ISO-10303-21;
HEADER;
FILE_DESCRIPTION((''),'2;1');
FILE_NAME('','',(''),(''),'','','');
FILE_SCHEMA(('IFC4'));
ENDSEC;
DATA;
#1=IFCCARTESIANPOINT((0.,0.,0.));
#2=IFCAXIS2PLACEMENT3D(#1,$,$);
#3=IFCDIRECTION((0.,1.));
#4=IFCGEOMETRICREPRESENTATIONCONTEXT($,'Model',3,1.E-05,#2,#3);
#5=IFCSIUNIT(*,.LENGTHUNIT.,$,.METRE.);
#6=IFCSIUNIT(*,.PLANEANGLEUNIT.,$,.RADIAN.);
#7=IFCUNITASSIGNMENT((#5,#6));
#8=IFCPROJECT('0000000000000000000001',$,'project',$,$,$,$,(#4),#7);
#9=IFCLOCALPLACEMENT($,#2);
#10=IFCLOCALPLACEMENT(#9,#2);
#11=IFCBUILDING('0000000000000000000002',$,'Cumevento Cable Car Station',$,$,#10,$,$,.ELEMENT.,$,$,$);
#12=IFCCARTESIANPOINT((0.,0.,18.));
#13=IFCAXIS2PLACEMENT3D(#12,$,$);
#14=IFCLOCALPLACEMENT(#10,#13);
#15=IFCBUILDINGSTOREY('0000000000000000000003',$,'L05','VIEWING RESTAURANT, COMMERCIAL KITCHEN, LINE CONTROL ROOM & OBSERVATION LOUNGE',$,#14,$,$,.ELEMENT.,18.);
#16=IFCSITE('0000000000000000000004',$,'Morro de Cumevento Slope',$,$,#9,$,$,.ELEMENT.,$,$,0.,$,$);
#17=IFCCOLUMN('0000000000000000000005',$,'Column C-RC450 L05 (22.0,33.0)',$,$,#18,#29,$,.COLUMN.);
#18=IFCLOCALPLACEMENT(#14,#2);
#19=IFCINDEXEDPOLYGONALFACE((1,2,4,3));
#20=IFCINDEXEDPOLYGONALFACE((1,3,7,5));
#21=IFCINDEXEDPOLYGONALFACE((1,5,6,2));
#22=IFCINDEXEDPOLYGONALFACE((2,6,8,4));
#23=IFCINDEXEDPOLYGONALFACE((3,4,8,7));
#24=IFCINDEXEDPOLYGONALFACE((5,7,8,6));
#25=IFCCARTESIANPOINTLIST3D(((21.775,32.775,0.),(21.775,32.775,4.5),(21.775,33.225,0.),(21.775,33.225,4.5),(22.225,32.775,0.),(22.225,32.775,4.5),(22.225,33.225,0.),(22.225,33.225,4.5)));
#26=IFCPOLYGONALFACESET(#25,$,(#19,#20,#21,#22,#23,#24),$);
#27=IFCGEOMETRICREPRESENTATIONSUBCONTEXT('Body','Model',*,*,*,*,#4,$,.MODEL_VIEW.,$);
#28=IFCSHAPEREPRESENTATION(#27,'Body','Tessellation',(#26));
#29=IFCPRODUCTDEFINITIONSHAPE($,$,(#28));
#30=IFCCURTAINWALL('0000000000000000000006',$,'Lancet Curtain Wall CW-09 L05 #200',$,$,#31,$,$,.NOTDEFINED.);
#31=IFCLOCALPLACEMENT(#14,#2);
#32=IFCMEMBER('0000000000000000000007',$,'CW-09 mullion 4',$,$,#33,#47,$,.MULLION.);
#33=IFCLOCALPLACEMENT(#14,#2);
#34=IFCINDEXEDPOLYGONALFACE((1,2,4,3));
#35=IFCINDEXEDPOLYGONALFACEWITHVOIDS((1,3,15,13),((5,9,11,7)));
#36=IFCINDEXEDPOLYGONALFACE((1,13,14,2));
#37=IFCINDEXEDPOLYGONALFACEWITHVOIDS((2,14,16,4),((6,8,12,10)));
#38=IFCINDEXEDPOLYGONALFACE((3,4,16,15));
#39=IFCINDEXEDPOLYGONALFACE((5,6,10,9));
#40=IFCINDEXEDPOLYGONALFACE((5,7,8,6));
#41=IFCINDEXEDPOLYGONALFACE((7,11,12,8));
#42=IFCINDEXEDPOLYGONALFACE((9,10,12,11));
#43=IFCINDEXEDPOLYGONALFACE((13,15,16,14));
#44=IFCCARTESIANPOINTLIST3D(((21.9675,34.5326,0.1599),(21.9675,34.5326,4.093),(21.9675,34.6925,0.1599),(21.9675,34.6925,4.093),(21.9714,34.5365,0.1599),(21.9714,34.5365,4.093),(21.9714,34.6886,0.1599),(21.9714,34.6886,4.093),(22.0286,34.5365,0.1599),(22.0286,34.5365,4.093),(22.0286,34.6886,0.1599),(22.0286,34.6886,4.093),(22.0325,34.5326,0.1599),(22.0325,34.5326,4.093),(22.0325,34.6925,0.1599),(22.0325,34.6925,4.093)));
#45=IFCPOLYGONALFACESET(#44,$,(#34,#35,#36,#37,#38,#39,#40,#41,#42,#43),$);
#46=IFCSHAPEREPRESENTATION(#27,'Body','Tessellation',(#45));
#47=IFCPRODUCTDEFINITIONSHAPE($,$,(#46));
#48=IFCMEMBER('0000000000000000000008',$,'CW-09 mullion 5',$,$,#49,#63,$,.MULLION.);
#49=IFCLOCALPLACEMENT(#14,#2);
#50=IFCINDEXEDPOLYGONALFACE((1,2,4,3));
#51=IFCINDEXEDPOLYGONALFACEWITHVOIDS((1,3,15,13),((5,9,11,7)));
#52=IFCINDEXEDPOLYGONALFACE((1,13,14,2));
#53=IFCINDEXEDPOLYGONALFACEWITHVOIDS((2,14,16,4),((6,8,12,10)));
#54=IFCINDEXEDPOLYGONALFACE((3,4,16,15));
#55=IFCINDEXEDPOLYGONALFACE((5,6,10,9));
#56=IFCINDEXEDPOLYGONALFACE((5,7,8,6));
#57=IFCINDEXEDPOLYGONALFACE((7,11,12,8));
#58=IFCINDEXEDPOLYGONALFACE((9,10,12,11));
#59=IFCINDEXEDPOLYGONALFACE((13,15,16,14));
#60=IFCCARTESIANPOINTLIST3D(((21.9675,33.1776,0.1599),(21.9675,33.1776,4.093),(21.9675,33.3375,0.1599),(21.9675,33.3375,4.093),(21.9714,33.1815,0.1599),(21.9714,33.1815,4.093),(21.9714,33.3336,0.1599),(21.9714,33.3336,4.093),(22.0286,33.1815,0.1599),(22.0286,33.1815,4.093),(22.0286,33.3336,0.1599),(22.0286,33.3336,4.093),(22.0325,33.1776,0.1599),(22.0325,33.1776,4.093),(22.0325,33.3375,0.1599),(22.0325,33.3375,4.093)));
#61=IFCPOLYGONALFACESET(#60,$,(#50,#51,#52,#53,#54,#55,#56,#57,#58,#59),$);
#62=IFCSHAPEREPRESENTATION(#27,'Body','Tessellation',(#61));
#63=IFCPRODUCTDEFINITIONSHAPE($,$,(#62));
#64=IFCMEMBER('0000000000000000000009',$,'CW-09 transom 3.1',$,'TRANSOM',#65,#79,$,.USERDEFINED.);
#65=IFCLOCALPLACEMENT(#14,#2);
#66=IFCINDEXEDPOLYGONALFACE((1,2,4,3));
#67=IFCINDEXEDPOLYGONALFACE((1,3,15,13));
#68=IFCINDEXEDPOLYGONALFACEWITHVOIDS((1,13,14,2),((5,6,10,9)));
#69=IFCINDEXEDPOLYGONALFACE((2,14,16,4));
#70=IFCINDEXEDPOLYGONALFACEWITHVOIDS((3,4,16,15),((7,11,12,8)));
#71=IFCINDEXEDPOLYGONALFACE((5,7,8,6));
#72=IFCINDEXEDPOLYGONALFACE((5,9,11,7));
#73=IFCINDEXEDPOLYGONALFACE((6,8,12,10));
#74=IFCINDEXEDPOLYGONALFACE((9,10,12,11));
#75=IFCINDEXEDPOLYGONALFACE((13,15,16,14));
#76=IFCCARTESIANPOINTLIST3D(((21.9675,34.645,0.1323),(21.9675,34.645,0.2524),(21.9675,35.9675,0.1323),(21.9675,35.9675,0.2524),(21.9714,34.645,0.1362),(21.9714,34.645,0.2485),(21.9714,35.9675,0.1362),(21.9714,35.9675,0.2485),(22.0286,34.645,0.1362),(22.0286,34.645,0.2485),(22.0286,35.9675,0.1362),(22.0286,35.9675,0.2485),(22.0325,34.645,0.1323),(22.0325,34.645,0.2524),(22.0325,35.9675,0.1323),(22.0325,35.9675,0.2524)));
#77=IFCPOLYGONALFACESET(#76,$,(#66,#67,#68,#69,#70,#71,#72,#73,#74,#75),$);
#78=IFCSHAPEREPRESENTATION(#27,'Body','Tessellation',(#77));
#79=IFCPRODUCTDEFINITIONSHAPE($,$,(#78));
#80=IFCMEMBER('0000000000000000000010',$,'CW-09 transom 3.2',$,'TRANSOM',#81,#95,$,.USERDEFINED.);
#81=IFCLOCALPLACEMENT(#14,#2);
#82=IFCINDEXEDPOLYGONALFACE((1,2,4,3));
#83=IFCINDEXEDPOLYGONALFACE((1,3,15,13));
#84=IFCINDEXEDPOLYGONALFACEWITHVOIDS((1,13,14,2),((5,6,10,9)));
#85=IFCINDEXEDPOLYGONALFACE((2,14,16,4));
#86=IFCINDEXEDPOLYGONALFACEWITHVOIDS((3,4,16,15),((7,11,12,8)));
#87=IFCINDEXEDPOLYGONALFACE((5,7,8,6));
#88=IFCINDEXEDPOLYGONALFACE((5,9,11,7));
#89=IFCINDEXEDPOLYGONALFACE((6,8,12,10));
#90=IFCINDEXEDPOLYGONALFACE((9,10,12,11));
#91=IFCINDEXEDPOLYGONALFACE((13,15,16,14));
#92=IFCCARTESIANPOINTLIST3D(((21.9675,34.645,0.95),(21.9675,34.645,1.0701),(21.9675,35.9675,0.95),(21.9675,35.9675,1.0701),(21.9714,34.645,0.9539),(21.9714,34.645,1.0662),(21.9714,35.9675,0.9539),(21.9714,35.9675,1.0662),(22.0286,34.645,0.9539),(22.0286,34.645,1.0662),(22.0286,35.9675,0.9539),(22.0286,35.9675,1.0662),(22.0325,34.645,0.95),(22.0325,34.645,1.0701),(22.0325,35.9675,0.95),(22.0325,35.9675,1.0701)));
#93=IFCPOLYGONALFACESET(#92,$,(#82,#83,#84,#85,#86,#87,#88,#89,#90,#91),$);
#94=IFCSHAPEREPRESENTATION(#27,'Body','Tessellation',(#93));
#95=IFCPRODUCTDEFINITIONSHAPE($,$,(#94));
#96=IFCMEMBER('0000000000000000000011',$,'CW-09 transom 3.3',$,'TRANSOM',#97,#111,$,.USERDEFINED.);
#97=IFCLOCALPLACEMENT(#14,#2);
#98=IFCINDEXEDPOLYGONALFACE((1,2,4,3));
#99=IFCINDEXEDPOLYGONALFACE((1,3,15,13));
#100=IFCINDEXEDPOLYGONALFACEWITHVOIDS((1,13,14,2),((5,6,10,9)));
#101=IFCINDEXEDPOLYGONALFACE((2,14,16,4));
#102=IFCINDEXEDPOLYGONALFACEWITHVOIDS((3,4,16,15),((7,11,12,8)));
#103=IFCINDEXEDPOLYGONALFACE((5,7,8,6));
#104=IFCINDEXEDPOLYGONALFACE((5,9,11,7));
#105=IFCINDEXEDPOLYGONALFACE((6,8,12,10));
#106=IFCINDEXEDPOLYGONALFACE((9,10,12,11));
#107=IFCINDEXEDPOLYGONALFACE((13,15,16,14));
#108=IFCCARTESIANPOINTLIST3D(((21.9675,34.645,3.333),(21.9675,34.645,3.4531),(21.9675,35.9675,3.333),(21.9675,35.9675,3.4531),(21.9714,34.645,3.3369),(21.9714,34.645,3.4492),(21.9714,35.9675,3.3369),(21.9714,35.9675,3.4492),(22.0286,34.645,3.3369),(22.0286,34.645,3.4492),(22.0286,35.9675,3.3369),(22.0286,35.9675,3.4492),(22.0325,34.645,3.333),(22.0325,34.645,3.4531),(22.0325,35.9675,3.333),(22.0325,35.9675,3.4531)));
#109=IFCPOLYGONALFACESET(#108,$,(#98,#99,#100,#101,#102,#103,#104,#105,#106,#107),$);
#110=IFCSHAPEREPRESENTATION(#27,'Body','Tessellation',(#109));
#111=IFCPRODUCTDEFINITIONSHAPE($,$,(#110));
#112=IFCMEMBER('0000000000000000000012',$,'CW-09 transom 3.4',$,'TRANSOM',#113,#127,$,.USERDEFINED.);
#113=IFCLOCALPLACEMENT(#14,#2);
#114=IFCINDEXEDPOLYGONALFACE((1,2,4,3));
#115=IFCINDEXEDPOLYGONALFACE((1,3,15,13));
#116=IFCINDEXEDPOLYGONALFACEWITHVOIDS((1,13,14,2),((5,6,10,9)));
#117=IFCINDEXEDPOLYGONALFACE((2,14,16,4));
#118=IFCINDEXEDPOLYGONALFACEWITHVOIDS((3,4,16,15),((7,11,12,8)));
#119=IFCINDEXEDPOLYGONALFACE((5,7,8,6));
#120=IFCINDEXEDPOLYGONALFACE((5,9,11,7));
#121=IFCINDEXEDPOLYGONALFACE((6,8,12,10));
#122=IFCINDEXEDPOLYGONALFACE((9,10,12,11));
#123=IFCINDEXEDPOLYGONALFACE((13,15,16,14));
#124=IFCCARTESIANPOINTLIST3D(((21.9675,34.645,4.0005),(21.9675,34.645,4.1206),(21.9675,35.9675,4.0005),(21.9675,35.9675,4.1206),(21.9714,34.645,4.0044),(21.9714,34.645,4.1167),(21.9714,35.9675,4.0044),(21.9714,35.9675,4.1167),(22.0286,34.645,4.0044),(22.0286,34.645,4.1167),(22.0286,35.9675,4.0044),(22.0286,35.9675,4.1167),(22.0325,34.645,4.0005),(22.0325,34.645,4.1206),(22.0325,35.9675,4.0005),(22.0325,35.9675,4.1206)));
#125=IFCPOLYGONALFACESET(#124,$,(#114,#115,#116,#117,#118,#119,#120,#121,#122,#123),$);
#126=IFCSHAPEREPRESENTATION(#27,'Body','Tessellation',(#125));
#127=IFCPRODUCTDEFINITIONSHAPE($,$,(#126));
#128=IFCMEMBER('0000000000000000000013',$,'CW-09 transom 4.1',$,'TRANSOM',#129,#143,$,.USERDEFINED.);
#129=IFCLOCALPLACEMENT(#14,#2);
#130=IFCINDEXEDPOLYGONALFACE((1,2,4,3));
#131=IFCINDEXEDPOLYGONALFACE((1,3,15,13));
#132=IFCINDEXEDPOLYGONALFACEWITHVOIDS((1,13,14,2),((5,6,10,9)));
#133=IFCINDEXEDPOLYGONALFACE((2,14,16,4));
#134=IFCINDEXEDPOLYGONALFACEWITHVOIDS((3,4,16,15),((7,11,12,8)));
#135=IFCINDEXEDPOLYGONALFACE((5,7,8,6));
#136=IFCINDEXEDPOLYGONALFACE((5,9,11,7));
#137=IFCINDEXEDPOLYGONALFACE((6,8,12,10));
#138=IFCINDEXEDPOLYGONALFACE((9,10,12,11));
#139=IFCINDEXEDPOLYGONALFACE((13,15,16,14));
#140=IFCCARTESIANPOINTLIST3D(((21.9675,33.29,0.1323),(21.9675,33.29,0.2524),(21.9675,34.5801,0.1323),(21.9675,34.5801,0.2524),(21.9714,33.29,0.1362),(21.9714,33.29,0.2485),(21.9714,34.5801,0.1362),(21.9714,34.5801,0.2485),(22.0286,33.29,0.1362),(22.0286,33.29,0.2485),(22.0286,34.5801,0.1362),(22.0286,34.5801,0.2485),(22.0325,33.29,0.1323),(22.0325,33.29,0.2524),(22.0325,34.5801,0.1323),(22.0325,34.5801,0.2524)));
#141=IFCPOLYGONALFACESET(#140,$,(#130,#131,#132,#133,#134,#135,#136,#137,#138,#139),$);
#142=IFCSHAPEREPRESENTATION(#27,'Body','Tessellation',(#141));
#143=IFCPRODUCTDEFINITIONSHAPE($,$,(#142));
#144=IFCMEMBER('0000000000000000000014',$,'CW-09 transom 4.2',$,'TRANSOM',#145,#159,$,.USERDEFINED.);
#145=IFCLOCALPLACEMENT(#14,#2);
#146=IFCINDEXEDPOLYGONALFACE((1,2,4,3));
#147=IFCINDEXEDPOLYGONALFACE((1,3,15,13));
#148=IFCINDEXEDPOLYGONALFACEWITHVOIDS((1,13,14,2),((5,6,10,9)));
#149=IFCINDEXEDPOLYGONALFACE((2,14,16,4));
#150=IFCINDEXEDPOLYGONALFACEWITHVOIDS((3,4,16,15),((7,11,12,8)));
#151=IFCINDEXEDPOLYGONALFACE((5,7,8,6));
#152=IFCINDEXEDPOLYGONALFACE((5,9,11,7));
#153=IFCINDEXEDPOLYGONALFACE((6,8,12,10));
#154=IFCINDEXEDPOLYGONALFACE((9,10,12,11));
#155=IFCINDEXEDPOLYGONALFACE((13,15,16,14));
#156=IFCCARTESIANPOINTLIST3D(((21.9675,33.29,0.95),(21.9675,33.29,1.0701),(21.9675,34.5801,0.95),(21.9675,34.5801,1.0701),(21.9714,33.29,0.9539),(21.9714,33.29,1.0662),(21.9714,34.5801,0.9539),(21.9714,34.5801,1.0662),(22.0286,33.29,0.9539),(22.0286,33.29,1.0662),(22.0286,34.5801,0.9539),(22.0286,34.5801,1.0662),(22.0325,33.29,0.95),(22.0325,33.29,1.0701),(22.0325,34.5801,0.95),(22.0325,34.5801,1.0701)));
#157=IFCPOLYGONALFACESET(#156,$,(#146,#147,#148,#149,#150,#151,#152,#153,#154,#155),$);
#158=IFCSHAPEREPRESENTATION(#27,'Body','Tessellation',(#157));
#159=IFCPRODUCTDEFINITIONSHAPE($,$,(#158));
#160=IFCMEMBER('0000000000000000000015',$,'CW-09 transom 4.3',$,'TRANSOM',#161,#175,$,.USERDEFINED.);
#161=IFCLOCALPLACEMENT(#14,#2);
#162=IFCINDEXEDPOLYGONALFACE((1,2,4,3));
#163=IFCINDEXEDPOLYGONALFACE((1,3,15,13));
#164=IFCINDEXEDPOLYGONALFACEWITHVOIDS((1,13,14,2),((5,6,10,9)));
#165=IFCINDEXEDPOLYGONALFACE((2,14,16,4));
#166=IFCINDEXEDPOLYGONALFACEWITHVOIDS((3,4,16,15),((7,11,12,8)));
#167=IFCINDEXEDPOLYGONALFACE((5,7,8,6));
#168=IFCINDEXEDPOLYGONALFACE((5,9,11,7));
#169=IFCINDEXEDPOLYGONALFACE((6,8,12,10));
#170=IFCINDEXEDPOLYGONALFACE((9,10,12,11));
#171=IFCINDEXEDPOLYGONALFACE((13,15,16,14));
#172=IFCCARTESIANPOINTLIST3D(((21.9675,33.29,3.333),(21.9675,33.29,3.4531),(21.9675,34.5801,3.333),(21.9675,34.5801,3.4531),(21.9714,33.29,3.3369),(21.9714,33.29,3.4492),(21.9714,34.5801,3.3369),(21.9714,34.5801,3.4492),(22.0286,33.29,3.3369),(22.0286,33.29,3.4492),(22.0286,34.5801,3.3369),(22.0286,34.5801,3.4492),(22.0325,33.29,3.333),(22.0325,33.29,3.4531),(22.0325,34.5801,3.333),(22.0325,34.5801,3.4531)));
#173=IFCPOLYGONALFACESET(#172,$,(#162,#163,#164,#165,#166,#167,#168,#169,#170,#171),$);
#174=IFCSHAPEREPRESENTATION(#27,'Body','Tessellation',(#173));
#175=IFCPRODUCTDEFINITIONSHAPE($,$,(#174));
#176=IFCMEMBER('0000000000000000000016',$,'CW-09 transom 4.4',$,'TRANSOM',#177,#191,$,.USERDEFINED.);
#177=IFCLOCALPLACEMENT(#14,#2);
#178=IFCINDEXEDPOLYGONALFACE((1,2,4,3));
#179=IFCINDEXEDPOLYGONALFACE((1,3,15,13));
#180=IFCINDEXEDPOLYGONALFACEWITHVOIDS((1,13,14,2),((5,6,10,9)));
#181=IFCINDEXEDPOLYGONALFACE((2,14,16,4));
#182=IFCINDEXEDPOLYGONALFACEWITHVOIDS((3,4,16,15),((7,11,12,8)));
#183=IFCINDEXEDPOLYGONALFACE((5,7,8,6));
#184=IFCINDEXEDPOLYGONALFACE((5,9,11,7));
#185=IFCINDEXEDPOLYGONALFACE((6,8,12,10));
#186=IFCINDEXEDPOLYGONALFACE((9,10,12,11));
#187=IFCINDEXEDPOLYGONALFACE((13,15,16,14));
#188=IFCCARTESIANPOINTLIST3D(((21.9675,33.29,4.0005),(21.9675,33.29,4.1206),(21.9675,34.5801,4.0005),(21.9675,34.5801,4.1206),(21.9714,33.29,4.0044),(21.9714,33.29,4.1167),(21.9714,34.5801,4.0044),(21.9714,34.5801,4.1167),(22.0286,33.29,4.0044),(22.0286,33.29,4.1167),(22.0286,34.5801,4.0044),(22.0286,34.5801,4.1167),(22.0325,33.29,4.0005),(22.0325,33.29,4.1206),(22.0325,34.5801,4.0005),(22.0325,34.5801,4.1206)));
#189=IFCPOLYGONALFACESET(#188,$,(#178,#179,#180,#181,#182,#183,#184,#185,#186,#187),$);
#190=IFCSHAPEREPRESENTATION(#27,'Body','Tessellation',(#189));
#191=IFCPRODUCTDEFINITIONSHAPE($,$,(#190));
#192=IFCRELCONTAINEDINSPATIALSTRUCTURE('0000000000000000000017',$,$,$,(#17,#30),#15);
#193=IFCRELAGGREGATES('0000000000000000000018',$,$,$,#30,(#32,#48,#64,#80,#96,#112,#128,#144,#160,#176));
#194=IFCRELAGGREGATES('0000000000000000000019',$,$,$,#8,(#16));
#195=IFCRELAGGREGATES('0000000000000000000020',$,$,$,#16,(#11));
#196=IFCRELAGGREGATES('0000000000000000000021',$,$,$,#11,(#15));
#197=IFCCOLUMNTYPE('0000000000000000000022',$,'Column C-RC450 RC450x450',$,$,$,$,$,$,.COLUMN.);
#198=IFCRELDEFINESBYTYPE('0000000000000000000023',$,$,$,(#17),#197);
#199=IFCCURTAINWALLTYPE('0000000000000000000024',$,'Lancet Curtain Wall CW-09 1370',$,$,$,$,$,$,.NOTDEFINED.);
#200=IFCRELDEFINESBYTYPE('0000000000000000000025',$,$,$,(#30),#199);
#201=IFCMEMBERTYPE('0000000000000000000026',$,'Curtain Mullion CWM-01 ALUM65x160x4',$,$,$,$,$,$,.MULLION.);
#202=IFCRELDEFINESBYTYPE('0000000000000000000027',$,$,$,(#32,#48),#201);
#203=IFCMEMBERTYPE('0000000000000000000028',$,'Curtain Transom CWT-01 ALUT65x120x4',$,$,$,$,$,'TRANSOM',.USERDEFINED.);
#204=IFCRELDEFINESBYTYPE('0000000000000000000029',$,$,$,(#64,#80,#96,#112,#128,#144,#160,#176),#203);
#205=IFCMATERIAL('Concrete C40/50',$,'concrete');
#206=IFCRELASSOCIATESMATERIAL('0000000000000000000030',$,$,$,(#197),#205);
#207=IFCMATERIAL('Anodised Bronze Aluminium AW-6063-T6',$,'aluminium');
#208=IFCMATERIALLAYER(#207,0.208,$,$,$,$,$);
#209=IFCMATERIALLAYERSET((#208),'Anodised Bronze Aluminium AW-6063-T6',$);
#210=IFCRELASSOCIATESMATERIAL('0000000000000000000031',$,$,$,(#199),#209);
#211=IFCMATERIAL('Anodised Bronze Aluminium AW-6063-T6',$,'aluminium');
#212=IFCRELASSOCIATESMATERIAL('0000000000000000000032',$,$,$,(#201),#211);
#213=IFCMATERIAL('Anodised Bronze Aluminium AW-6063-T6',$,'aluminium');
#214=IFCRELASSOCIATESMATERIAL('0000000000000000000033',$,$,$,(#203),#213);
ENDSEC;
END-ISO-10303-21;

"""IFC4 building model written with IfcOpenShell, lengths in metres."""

from ifc_helpers import new_model, si_unit, direction, frame, origin, origin_2d, place, context, subcontext, project, spatial, rectangle, hollow_rectangle, extrude, material, layer, layer_set, material_profile, profile_set, type_object, element, aggregate, save


model = new_model("IFC4")

# Units and contexts
model_context = context("Model", 3, precision=1e-05, world=origin(), true_north=direction((0.0, 1.0)))
body_context = subcontext(model_context, "Body", "Model", "MODEL_VIEW")
ifc_project = project(units=[si_unit("LENGTHUNIT", "METRE"), si_unit("PLANEANGLEUNIT", "RADIAN")], contexts=[model_context])

# Site, building, storey
site_placement = place(None, origin())
site = spatial("IfcSite", under=ifc_project, at=site_placement, Name="Morro de Cumevento Slope", CompositionType="ELEMENT", RefElevation=0.0)
building_placement = place(site_placement, origin())
building = spatial("IfcBuilding", under=site, at=building_placement, Name="Cumevento Cable Car Station", CompositionType="ELEMENT")
storey_placement = place(building_placement, frame((0.0, 0.0, 18.0)))
storey = spatial("IfcBuildingStorey", under=building, at=storey_placement, Name="L05", Description="VIEWING RESTAURANT, COMMERCIAL KITCHEN, LINE CONTROL ROOM & OBSERVATION LOUNGE", CompositionType="ELEMENT", Elevation=18.0)

# Column
ifc_material_1 = material(Name="Concrete C40/50", Category="concrete")
ifc_material_profile_1 = material_profile(ifc_material_1, rectangle(XDim=0.45, YDim=0.45, at=origin_2d()), Name="RC450x450")
ifc_profile_set_1 = profile_set([ifc_material_profile_1], Name="Concrete C40/50")
column_type = type_object("IfcColumnType", Name="Column C-RC450 RC450x450", PredefinedType="COLUMN", material=ifc_profile_set_1)
column_placement = place(storey_placement, frame((22.0, 33.0, 0.0), z_axis=(0.0, 0.0, 1.0), x_axis=(1.0, 0.0, 0.0)))
element("IfcColumn", 1, at=column_placement, inside=storey, type_object=column_type, Name="Column C-RC450 L05 (22.0,33.0)", PredefinedType="COLUMN", context=body_context, shape_type="SweptSolid", body=[
    extrude(rectangle(XDim=0.45, YDim=0.45, at=origin_2d()), origin(), (0.0, 0.0, 1.0), 4.5),
])

# Curtain wall, members
ifc_material_2 = material(Name="Anodised Bronze Aluminium AW-6063-T6", Category="aluminium")
ifc_layer_1 = layer(ifc_material_2, 0.208)
ifc_layer_set_1 = layer_set([ifc_layer_1], Name="Anodised Bronze Aluminium AW-6063-T6")
curtain_wall_type = type_object("IfcCurtainWallType", Name="Lancet Curtain Wall CW-09 1370", PredefinedType="NOTDEFINED", material=ifc_layer_set_1)
curtain_wall_placement = place(storey_placement, origin())
curtain_wall = element("IfcCurtainWall", 2, at=curtain_wall_placement, inside=storey, type_object=curtain_wall_type, Name="Lancet Curtain Wall CW-09 L05 #200", PredefinedType="NOTDEFINED")
ifc_material_3 = material(Name="Anodised Bronze Aluminium AW-6063-T6", Category="aluminium")
ifc_material_profile_2 = material_profile(ifc_material_3, hollow_rectangle(XDim=0.0649, YDim=0.1599, WallThickness=0.0039, at=origin_2d()), Name="ALUM65x160x4")
ifc_profile_set_2 = profile_set([ifc_material_profile_2], Name="Anodised Bronze Aluminium AW-6063-T6")
member_type_1 = type_object("IfcMemberType", Name="Curtain Mullion CWM-01 ALUM65x160x4", PredefinedType="MULLION", material=ifc_profile_set_2)
member_1_placement = place(storey_placement, frame((22.0, 34.6125, 0.1599), z_axis=(0.0, 0.0, 1.0), x_axis=(1.0, 0.0, 0.0)))
member_1 = element("IfcMember", 3, at=member_1_placement, type_object=member_type_1, Name="CW-09 mullion 4", PredefinedType="MULLION", context=body_context, shape_type="SweptSolid", body=[
    extrude(hollow_rectangle(XDim=0.0649, YDim=0.1599, WallThickness=0.0039, at=origin_2d()), origin(), (0.0, 0.0, 1.0), 3.9331),
])
member_2_placement = place(storey_placement, frame((22.0, 33.2576, 0.1599), z_axis=(0.0, 0.0, 1.0), x_axis=(1.0, 0.0, 0.0)))
member_2 = element("IfcMember", 4, at=member_2_placement, type_object=member_type_1, Name="CW-09 mullion 5", PredefinedType="MULLION", context=body_context, shape_type="SweptSolid", body=[
    extrude(hollow_rectangle(XDim=0.0649, YDim=0.1599, WallThickness=0.0039, at=origin_2d()), origin(), (0.0, 0.0, 1.0), 3.9331),
])
ifc_material_4 = material(Name="Anodised Bronze Aluminium AW-6063-T6", Category="aluminium")
ifc_material_profile_3 = material_profile(ifc_material_4, hollow_rectangle(XDim=0.0649, YDim=0.1201, WallThickness=0.0039, at=origin_2d()), Name="ALUT65x120x4")
ifc_profile_set_3 = profile_set([ifc_material_profile_3], Name="Anodised Bronze Aluminium AW-6063-T6")
member_type_2 = type_object("IfcMemberType", Name="Curtain Transom CWT-01 ALUT65x120x4", ElementType="TRANSOM", PredefinedType="USERDEFINED", material=ifc_profile_set_3)
member_3_placement = place(storey_placement, frame((22.0, 35.9675, 0.1924), z_axis=(0.0, -1.0, 0.0), x_axis=(1.0, 0.0, 0.0)))
member_3 = element("IfcMember", 5, at=member_3_placement, type_object=member_type_2, Name="CW-09 transom 3.1", ObjectType="TRANSOM", PredefinedType="USERDEFINED", context=body_context, shape_type="SweptSolid", body=[
    extrude(hollow_rectangle(XDim=0.0649, YDim=0.1201, WallThickness=0.0039, at=origin_2d()), origin(), (0.0, 0.0, 1.0), 1.3225),
])
member_4_placement = place(storey_placement, frame((22.0, 35.9675, 1.01), z_axis=(0.0, -1.0, 0.0), x_axis=(1.0, 0.0, 0.0)))
member_4 = element("IfcMember", 6, at=member_4_placement, type_object=member_type_2, Name="CW-09 transom 3.2", ObjectType="TRANSOM", PredefinedType="USERDEFINED", context=body_context, shape_type="SweptSolid", body=[
    extrude(hollow_rectangle(XDim=0.0649, YDim=0.1201, WallThickness=0.0039, at=origin_2d()), origin(), (0.0, 0.0, 1.0), 1.3225),
])
member_5_placement = place(storey_placement, frame((22.0, 35.9675, 3.3931), z_axis=(0.0, -1.0, 0.0), x_axis=(1.0, 0.0, 0.0)))
member_5 = element("IfcMember", 7, at=member_5_placement, type_object=member_type_2, Name="CW-09 transom 3.3", ObjectType="TRANSOM", PredefinedType="USERDEFINED", context=body_context, shape_type="SweptSolid", body=[
    extrude(hollow_rectangle(XDim=0.0649, YDim=0.1201, WallThickness=0.0039, at=origin_2d()), origin(), (0.0, 0.0, 1.0), 1.3225),
])
member_6_placement = place(storey_placement, frame((22.0, 35.9675, 4.0605), z_axis=(0.0, -1.0, 0.0), x_axis=(1.0, 0.0, 0.0)))
member_6 = element("IfcMember", 8, at=member_6_placement, type_object=member_type_2, Name="CW-09 transom 3.4", ObjectType="TRANSOM", PredefinedType="USERDEFINED", context=body_context, shape_type="SweptSolid", body=[
    extrude(hollow_rectangle(XDim=0.0649, YDim=0.1201, WallThickness=0.0039, at=origin_2d()), origin(), (0.0, 0.0, 1.0), 1.3225),
])
member_7_placement = place(storey_placement, frame((22.0, 34.5801, 0.1924), z_axis=(0.0, -1.0, 0.0), x_axis=(1.0, 0.0, 0.0)))
member_7 = element("IfcMember", 9, at=member_7_placement, type_object=member_type_2, Name="CW-09 transom 4.1", ObjectType="TRANSOM", PredefinedType="USERDEFINED", context=body_context, shape_type="SweptSolid", body=[
    extrude(hollow_rectangle(XDim=0.0649, YDim=0.1201, WallThickness=0.0039, at=origin_2d()), origin(), (0.0, 0.0, 1.0), 1.29),
])
member_8_placement = place(storey_placement, frame((22.0, 34.5801, 1.01), z_axis=(0.0, -1.0, 0.0), x_axis=(1.0, 0.0, 0.0)))
member_8 = element("IfcMember", 10, at=member_8_placement, type_object=member_type_2, Name="CW-09 transom 4.2", ObjectType="TRANSOM", PredefinedType="USERDEFINED", context=body_context, shape_type="SweptSolid", body=[
    extrude(hollow_rectangle(XDim=0.0649, YDim=0.1201, WallThickness=0.0039, at=origin_2d()), origin(), (0.0, 0.0, 1.0), 1.29),
])
member_9_placement = place(storey_placement, frame((22.0, 34.5801, 3.3931), z_axis=(0.0, -1.0, 0.0), x_axis=(1.0, 0.0, 0.0)))
member_9 = element("IfcMember", 11, at=member_9_placement, type_object=member_type_2, Name="CW-09 transom 4.3", ObjectType="TRANSOM", PredefinedType="USERDEFINED", context=body_context, shape_type="SweptSolid", body=[
    extrude(hollow_rectangle(XDim=0.0649, YDim=0.1201, WallThickness=0.0039, at=origin_2d()), origin(), (0.0, 0.0, 1.0), 1.29),
])
member_10_placement = place(storey_placement, frame((22.0, 34.5801, 4.0605), z_axis=(0.0, -1.0, 0.0), x_axis=(1.0, 0.0, 0.0)))
member_10 = element("IfcMember", 12, at=member_10_placement, type_object=member_type_2, Name="CW-09 transom 4.4", ObjectType="TRANSOM", PredefinedType="USERDEFINED", context=body_context, shape_type="SweptSolid", body=[
    extrude(hollow_rectangle(XDim=0.0649, YDim=0.1201, WallThickness=0.0039, at=origin_2d()), origin(), (0.0, 0.0, 1.0), 1.29),
])

aggregate(curtain_wall, [member_1, member_2, member_3, member_4, member_5, member_6, member_7, member_8, member_9, member_10])

save(model, "model.ifc")
